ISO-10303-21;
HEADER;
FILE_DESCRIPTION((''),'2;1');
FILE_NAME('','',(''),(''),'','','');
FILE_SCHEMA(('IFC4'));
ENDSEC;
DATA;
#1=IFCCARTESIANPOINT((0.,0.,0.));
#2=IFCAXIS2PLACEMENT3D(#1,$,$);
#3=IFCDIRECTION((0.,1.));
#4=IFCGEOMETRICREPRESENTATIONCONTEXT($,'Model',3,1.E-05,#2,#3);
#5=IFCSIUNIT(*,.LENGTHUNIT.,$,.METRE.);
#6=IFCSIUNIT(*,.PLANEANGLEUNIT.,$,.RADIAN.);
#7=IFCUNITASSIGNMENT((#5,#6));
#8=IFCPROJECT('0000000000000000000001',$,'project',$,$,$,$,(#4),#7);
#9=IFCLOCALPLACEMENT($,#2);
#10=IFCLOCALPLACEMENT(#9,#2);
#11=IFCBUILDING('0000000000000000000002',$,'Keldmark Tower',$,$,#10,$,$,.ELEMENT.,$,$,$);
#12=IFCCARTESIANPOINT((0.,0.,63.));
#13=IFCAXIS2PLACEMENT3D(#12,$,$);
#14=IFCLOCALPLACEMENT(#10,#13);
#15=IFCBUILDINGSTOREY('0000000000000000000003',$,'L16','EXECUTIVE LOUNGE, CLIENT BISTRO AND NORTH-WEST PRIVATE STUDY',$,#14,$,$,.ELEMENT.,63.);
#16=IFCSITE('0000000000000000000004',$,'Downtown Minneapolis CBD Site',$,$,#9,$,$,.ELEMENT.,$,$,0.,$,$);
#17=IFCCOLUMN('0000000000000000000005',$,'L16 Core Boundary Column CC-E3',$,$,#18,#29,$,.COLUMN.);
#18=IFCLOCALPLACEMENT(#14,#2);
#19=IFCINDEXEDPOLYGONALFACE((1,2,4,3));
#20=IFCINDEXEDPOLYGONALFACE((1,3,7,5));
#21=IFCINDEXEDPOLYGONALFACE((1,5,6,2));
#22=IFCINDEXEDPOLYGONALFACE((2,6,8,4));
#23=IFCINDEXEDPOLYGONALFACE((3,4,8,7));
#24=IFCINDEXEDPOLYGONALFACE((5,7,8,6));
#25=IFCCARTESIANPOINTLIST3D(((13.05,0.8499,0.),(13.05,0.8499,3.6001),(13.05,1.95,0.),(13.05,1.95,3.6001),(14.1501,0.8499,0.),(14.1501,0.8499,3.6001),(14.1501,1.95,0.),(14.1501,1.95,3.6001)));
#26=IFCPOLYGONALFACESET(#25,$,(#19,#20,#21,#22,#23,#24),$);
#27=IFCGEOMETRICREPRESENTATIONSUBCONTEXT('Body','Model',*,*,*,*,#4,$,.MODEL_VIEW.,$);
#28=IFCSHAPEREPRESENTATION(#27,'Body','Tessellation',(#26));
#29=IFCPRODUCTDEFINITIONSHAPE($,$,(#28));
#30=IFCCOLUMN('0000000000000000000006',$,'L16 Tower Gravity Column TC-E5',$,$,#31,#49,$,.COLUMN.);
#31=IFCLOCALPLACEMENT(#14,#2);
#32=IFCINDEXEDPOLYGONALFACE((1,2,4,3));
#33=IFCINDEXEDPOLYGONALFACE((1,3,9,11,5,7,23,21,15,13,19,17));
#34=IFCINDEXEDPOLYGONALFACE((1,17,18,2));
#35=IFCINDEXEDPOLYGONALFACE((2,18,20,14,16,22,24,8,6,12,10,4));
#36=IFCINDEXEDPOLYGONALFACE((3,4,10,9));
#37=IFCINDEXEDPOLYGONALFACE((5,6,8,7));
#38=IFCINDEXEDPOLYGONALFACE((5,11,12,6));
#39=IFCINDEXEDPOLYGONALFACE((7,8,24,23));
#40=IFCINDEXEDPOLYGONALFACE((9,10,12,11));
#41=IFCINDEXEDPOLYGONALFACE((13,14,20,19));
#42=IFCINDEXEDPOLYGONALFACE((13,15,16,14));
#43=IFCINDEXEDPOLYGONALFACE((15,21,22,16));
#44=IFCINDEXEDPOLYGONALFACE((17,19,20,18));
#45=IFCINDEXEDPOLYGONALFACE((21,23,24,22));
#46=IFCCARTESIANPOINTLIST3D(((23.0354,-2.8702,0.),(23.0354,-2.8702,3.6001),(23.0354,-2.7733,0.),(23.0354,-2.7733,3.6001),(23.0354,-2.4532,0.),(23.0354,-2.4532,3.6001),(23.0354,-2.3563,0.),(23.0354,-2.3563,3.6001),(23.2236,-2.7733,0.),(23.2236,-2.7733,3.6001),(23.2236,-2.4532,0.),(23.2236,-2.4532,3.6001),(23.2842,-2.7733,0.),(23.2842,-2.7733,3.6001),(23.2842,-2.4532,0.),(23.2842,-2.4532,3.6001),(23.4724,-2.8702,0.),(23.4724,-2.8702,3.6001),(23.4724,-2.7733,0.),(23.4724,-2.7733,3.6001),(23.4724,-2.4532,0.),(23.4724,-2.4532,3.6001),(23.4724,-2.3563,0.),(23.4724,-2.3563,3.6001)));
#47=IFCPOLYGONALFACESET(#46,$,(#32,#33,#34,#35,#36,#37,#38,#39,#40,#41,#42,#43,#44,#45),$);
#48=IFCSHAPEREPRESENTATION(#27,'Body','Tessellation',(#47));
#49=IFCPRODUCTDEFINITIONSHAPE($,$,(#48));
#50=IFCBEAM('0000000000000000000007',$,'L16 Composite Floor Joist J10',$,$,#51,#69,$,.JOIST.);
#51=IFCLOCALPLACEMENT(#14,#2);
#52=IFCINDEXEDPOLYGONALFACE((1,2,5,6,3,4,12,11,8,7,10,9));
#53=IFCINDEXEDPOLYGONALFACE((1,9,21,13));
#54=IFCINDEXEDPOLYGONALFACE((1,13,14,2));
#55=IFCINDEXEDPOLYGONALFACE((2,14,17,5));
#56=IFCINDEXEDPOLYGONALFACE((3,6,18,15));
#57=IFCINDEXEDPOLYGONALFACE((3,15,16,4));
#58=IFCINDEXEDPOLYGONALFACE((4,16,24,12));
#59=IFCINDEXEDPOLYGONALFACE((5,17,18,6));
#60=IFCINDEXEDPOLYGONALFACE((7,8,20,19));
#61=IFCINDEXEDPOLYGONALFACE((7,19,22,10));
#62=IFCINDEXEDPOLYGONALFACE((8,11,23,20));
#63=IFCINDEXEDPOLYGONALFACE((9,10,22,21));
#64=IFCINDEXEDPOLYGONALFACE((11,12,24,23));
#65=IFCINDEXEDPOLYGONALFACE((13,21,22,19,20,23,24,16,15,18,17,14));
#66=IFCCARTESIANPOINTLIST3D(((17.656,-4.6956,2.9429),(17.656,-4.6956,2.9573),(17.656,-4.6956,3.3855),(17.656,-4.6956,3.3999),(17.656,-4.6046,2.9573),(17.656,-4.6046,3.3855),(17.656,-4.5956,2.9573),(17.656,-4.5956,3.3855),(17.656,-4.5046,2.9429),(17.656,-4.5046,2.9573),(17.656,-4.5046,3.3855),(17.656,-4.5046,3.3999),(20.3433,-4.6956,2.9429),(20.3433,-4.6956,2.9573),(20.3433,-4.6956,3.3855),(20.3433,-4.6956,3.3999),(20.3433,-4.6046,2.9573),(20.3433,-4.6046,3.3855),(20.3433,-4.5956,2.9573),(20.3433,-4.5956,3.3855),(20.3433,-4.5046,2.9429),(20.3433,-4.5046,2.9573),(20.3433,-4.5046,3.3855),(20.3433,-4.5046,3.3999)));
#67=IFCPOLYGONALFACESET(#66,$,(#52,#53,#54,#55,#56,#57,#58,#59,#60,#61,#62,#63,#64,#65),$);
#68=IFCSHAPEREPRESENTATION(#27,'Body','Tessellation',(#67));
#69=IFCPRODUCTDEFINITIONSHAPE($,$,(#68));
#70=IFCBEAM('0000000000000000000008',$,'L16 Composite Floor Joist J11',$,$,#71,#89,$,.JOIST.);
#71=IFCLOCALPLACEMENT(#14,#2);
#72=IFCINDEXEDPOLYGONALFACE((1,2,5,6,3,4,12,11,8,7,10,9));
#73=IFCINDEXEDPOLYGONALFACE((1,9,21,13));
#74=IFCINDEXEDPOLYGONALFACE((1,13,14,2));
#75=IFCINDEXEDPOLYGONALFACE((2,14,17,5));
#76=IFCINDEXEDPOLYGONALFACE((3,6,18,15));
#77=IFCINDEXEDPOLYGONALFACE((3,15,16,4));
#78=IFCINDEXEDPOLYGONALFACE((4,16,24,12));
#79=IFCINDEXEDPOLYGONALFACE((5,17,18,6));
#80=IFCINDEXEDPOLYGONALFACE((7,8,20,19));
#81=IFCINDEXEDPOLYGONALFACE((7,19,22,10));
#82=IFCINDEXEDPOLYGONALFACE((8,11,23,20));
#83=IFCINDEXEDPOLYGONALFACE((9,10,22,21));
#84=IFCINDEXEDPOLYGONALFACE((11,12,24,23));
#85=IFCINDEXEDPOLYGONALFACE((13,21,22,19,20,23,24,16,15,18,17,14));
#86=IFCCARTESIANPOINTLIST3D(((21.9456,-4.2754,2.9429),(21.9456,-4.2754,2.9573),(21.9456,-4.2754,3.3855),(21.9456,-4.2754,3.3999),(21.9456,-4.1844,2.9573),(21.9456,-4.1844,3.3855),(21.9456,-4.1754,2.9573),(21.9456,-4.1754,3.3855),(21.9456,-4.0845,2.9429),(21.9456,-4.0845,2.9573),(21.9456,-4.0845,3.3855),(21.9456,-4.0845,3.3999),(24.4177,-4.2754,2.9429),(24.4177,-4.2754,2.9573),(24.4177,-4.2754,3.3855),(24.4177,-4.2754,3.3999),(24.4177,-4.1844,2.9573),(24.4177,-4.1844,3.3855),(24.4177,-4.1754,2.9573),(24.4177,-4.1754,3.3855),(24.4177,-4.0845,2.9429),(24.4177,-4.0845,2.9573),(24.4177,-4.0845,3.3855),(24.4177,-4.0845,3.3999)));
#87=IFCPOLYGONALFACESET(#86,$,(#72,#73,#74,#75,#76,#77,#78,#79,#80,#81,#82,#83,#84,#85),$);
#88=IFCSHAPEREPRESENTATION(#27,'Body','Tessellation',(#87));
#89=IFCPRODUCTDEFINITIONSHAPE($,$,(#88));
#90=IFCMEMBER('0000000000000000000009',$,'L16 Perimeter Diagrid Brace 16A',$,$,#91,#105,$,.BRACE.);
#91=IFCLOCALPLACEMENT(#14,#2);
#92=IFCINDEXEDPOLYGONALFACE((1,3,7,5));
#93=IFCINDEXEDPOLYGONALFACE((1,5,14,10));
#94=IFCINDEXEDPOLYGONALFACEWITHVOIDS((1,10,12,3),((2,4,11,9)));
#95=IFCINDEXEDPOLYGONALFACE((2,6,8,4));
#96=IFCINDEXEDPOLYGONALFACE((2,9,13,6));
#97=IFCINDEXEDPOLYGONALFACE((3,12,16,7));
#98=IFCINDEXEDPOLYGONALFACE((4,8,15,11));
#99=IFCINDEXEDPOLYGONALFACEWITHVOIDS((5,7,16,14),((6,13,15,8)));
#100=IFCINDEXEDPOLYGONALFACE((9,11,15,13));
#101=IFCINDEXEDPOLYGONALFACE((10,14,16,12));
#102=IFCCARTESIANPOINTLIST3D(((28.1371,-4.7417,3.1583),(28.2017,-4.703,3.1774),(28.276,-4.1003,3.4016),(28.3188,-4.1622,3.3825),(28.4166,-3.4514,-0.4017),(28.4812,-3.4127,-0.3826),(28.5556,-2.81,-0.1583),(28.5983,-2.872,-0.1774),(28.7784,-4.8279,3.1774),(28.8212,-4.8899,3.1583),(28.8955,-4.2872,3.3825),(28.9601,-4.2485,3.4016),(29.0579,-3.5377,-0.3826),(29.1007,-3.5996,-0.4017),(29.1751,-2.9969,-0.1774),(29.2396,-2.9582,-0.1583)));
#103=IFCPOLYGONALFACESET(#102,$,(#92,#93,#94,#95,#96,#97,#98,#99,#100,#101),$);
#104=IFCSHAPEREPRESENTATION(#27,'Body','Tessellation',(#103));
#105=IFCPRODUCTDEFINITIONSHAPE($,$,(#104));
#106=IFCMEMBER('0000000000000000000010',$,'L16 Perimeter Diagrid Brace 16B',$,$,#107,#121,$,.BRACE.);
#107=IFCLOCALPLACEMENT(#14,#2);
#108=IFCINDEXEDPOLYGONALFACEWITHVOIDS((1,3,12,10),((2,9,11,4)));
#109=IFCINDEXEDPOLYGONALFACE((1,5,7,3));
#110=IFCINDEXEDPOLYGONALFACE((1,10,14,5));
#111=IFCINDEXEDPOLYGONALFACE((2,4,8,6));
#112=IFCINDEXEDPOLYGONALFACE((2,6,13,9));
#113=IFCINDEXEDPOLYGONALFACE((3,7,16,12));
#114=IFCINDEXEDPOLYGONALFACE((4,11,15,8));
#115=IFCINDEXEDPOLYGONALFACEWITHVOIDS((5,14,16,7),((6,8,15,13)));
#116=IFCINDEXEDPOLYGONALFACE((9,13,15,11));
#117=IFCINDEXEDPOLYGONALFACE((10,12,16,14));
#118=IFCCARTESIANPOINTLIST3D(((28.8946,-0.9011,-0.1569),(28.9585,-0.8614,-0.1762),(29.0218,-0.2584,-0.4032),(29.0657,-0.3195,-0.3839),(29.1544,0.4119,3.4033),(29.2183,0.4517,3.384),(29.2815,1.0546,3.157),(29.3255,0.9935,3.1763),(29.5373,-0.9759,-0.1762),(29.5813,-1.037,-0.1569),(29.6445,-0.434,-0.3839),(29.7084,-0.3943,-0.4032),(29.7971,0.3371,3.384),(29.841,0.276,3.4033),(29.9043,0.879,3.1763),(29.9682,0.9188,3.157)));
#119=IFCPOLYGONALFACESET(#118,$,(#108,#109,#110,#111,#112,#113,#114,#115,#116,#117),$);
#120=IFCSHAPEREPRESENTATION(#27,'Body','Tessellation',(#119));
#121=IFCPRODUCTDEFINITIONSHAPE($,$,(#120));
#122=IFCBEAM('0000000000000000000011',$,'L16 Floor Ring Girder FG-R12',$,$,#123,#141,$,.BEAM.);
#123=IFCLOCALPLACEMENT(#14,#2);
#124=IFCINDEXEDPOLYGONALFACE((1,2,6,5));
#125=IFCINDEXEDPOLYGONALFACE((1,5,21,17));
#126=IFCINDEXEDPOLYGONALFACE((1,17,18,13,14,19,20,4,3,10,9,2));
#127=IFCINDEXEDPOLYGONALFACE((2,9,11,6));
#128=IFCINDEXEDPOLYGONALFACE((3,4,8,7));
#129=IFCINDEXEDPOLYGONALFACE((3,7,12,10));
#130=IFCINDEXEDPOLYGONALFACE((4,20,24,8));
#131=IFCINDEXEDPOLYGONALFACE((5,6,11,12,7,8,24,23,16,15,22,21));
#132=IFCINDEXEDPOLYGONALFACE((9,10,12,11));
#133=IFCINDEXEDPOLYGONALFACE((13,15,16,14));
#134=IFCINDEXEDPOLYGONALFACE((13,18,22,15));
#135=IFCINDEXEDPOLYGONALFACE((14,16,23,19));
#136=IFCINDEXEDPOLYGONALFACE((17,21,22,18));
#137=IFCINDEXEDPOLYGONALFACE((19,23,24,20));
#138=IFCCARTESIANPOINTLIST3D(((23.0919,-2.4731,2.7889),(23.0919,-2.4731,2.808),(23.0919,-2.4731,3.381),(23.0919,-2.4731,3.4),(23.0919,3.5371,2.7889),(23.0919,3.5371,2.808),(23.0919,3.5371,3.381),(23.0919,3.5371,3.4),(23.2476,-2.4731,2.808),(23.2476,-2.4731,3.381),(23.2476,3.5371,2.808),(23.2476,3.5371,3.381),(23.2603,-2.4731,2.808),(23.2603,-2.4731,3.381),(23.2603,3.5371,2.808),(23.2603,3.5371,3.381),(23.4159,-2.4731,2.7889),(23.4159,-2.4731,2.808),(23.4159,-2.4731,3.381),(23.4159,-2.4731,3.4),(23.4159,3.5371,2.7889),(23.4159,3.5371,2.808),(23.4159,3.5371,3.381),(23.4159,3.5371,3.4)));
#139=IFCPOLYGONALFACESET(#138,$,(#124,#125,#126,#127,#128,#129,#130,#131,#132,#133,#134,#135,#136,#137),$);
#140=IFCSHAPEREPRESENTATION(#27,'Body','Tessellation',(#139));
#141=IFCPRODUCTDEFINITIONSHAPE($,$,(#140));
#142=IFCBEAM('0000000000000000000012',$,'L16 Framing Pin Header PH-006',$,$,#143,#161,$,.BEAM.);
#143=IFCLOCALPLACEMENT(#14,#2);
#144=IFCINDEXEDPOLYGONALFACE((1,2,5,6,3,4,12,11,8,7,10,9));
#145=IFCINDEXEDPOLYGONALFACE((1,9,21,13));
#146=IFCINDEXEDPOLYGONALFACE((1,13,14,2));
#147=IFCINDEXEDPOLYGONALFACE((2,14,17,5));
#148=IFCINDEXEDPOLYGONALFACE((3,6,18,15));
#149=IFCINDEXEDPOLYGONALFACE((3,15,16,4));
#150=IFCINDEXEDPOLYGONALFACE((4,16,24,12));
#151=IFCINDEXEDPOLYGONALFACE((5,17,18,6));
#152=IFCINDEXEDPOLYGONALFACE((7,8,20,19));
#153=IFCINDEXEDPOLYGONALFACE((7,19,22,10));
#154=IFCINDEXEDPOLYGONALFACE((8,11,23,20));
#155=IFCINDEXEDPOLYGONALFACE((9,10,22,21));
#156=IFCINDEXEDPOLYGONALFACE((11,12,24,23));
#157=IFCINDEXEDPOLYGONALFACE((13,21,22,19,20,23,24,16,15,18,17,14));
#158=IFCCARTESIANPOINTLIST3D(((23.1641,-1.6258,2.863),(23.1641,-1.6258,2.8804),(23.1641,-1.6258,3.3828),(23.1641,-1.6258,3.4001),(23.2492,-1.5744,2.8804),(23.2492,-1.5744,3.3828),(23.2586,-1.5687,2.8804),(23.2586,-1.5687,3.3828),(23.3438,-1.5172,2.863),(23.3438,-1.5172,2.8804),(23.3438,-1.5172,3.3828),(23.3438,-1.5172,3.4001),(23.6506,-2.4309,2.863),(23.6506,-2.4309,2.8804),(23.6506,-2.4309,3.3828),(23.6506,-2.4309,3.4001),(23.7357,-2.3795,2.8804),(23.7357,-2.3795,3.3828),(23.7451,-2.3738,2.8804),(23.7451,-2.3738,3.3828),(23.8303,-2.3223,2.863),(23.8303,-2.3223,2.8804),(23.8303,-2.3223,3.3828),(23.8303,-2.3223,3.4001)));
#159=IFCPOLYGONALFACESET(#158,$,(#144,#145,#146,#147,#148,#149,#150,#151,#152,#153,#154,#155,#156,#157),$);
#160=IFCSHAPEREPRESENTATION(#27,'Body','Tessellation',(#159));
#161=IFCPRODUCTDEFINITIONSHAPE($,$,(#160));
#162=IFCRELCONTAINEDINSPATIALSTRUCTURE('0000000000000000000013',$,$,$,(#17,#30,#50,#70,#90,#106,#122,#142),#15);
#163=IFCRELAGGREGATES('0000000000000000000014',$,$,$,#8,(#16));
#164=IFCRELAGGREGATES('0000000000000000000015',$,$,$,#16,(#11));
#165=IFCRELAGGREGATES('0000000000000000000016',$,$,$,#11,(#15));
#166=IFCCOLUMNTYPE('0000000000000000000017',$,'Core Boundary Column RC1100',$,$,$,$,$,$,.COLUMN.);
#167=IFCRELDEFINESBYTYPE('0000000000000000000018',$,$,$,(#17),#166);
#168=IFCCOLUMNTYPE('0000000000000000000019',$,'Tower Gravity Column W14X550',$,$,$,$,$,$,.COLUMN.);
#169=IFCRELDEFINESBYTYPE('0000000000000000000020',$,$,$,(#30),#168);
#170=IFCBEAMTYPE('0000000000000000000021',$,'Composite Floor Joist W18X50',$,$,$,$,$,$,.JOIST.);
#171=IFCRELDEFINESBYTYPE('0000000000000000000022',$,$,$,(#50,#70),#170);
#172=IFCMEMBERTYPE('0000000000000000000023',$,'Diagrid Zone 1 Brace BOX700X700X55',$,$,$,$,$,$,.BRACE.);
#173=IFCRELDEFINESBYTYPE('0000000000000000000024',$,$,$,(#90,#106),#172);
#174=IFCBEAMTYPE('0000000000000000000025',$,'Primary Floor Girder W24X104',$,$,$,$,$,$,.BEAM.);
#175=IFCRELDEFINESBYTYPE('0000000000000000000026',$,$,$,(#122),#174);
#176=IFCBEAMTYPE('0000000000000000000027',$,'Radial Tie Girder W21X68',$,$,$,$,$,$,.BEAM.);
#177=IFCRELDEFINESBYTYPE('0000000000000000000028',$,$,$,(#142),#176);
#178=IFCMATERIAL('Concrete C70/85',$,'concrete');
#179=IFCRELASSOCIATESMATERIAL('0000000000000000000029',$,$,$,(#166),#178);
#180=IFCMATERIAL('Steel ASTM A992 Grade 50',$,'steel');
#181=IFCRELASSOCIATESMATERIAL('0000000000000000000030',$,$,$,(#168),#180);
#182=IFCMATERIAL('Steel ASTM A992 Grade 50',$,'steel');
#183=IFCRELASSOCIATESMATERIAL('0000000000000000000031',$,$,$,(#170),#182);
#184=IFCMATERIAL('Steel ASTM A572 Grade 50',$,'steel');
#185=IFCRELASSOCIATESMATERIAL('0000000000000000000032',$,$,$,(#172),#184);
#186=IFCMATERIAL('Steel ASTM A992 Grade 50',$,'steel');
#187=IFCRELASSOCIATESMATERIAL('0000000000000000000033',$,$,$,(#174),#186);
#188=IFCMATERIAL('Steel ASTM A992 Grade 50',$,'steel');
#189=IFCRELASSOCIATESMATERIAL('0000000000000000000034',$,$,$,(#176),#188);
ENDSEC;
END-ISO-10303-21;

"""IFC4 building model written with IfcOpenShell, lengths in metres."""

from ifc_helpers import new_model, si_unit, direction, frame, origin, origin_2d, place, context, subcontext, project, spatial, rectangle, hollow_rectangle, i_section, extrude, material, material_profile, profile_set, type_object, element, save


model = new_model("IFC4")

# Units and contexts
model_context = context("Model", 3, precision=1e-05, world=origin(), true_north=direction((0.0, 1.0)))
body_context = subcontext(model_context, "Body", "Model", "MODEL_VIEW")
ifc_project = project(units=[si_unit("LENGTHUNIT", "METRE"), si_unit("PLANEANGLEUNIT", "RADIAN")], contexts=[model_context])

# Site, building, storey
site_placement = place(None, origin())
site = spatial("IfcSite", under=ifc_project, at=site_placement, Name="Downtown Minneapolis CBD Site", CompositionType="ELEMENT", RefElevation=0.0)
building_placement = place(site_placement, origin())
building = spatial("IfcBuilding", under=site, at=building_placement, Name="Keldmark Tower", CompositionType="ELEMENT")
storey_placement = place(building_placement, frame((0.0, 0.0, 63.0)))
storey = spatial("IfcBuildingStorey", under=building, at=storey_placement, Name="L16", Description="EXECUTIVE LOUNGE, CLIENT BISTRO AND NORTH-WEST PRIVATE STUDY", CompositionType="ELEMENT", Elevation=63.0)

# Columns
ifc_material_1 = material(Name="Concrete C70/85", Category="concrete")
ifc_material_profile_1 = material_profile(ifc_material_1, rectangle(XDim=1.1001, YDim=1.1001, at=origin_2d()), Name="RC1100X1100")
ifc_profile_set_1 = profile_set([ifc_material_profile_1], Name="Concrete C70/85")
column_type_1 = type_object("IfcColumnType", Name="Core Boundary Column RC1100", PredefinedType="COLUMN", material=ifc_profile_set_1)
column_1_placement = place(storey_placement, frame((13.6001, 1.3999, 0.0), z_axis=(0.0, 0.0, 1.0), x_axis=(1.0, 0.0, 0.0)))
element("IfcColumn", 1, at=column_1_placement, inside=storey, type_object=column_type_1, Name="L16 Core Boundary Column CC-E3", PredefinedType="COLUMN", context=body_context, shape_type="SweptSolid", body=[
    extrude(rectangle(XDim=1.1001, YDim=1.1001, at=origin_2d()), origin(), (0.0, 0.0, 1.0), 3.6001),
])
ifc_material_2 = material(Name="Steel ASTM A992 Grade 50", Category="steel")
ifc_material_profile_2 = material_profile(ifc_material_2, i_section(OverallWidth=0.437, OverallDepth=0.5139, WebThickness=0.0605, FlangeThickness=0.0969, at=origin_2d()), Name="W14X550")
ifc_profile_set_2 = profile_set([ifc_material_profile_2], Name="Steel ASTM A992 Grade 50")
column_type_2 = type_object("IfcColumnType", Name="Tower Gravity Column W14X550", PredefinedType="COLUMN", material=ifc_profile_set_2)
column_2_placement = place(storey_placement, frame((23.2539, -2.6133, 0.0), z_axis=(0.0, 0.0, 1.0), x_axis=(1.0, 0.0, 0.0)))
element("IfcColumn", 2, at=column_2_placement, inside=storey, type_object=column_type_2, Name="L16 Tower Gravity Column TC-E5", PredefinedType="COLUMN", context=body_context, shape_type="SweptSolid", body=[
    extrude(i_section(OverallWidth=0.437, OverallDepth=0.5139, WebThickness=0.0605, FlangeThickness=0.0969, at=origin_2d()), origin(), (0.0, 0.0, 1.0), 3.6001),
])

# Beams
ifc_material_3 = material(Name="Steel ASTM A992 Grade 50", Category="steel")
ifc_material_profile_3 = material_profile(ifc_material_3, i_section(OverallWidth=0.1909, OverallDepth=0.457, WebThickness=0.009, FlangeThickness=0.0144, at=origin_2d()), Name="W18X50")
ifc_profile_set_3 = profile_set([ifc_material_profile_3], Name="Steel ASTM A992 Grade 50")
beam_type_1 = type_object("IfcBeamType", Name="Composite Floor Joist W18X50", PredefinedType="JOIST", material=ifc_profile_set_3)
beam_1_placement = place(storey_placement, frame((17.656, -4.6001, 3.1714), z_axis=(1.0, 0.0, 0.0), x_axis=(0.0, 1.0, 0.0)))
element("IfcBeam", 3, at=beam_1_placement, inside=storey, type_object=beam_type_1, Name="L16 Composite Floor Joist J10", PredefinedType="JOIST", context=body_context, shape_type="SweptSolid", body=[
    extrude(i_section(OverallWidth=0.1909, OverallDepth=0.457, WebThickness=0.009, FlangeThickness=0.0144, at=origin_2d()), origin(), (0.0, 0.0, 1.0), 2.6873),
])
beam_2_placement = place(storey_placement, frame((21.9456, -4.1799, 3.1714), z_axis=(1.0, 0.0, 0.0), x_axis=(0.0, 1.0, 0.0)))
element("IfcBeam", 4, at=beam_2_placement, inside=storey, type_object=beam_type_1, Name="L16 Composite Floor Joist J11", PredefinedType="JOIST", context=body_context, shape_type="SweptSolid", body=[
    extrude(i_section(OverallWidth=0.1909, OverallDepth=0.457, WebThickness=0.009, FlangeThickness=0.0144, at=origin_2d()), origin(), (0.0, 0.0, 1.0), 2.4722),
])

# Members
ifc_material_4 = material(Name="Steel ASTM A572 Grade 50", Category="steel")
ifc_material_profile_4 = material_profile(ifc_material_4, hollow_rectangle(XDim=0.7, YDim=0.7, WallThickness=0.0549, at=origin_2d()), Name="BOX700X700X55")
ifc_profile_set_4 = profile_set([ifc_material_profile_4], Name="Steel ASTM A572 Grade 50")
member_type = type_object("IfcMemberType", Name="Diagrid Zone 1 Brace BOX700X700X55", PredefinedType="BRACE", material=ifc_profile_set_4)
member_1_placement = place(storey_placement, frame((28.8281, -3.2048, -0.28), z_axis=(-0.073622, -0.339819, 0.937605), x_axis=(0.977326, -0.211739, 0.0)))
element("IfcMember", 5, at=member_1_placement, inside=storey, type_object=member_type, Name="L16 Perimeter Diagrid Brace 16A", PredefinedType="BRACE", context=body_context, shape_type="SweptSolid", body=[
    extrude(hollow_rectangle(XDim=0.7, YDim=0.7, WallThickness=0.0549, at=origin_2d()), origin(), (0.0, 0.0, 1.0), 3.7969),
])
member_2_placement = place(storey_placement, frame((29.3015, -0.6477, -0.28), z_axis=(0.068299, 0.345219, 0.936034), x_axis=(-0.980985, 0.194081, 0.0)))
element("IfcMember", 6, at=member_2_placement, inside=storey, type_object=member_type, Name="L16 Perimeter Diagrid Brace 16B", PredefinedType="BRACE", context=body_context, shape_type="SweptSolid", body=[
    extrude(hollow_rectangle(XDim=0.7, YDim=0.7, WallThickness=0.0549, at=origin_2d()), origin(), (0.0, 0.0, 1.0), 3.8035),
])

# Beams
ifc_material_5 = material(Name="Steel ASTM A992 Grade 50", Category="steel")
ifc_material_profile_5 = material_profile(ifc_material_5, i_section(OverallWidth=0.324, OverallDepth=0.6111, WebThickness=0.0127, FlangeThickness=0.019, at=origin_2d()), Name="W24X104")
ifc_profile_set_5 = profile_set([ifc_material_profile_5], Name="Steel ASTM A992 Grade 50")
beam_type_2 = type_object("IfcBeamType", Name="Primary Floor Girder W24X104", PredefinedType="BEAM", material=ifc_profile_set_5)
beam_3_placement = place(storey_placement, frame((23.2539, -2.4731, 3.0945), z_axis=(0.0, 1.0, 0.0), x_axis=(-1.0, 0.0, 0.0)))
element("IfcBeam", 7, at=beam_3_placement, inside=storey, type_object=beam_type_2, Name="L16 Floor Ring Girder FG-R12", PredefinedType="BEAM", context=body_context, shape_type="SweptSolid", body=[
    extrude(i_section(OverallWidth=0.324, OverallDepth=0.6111, WebThickness=0.0127, FlangeThickness=0.019, at=origin_2d()), origin(), (0.0, 0.0, 1.0), 6.0103),
])
ifc_material_6 = material(Name="Steel ASTM A992 Grade 50", Category="steel")
ifc_material_profile_6 = material_profile(ifc_material_6, i_section(OverallWidth=0.21, OverallDepth=0.5371, WebThickness=0.011, FlangeThickness=0.0173, at=origin_2d()), Name="W21X68")
ifc_profile_set_6 = profile_set([ifc_material_profile_6], Name="Steel ASTM A992 Grade 50")
beam_type_3 = type_object("IfcBeamType", Name="Radial Tie Girder W21X68", PredefinedType="BEAM", material=ifc_profile_set_6)
beam_4_placement = place(storey_placement, frame((23.2539, -1.5715, 3.1316), z_axis=(0.517203, -0.855863, 0.0), x_axis=(0.855863, 0.517203, 0.0)))
element("IfcBeam", 8, at=beam_4_placement, inside=storey, type_object=beam_type_3, Name="L16 Framing Pin Header PH-006", PredefinedType="BEAM", context=body_context, shape_type="SweptSolid", body=[
    extrude(i_section(OverallWidth=0.21, OverallDepth=0.5371, WebThickness=0.011, FlangeThickness=0.0173, at=origin_2d()), origin(), (0.0, 0.0, 1.0), 0.9407),
])

save(model, "model.ifc")
